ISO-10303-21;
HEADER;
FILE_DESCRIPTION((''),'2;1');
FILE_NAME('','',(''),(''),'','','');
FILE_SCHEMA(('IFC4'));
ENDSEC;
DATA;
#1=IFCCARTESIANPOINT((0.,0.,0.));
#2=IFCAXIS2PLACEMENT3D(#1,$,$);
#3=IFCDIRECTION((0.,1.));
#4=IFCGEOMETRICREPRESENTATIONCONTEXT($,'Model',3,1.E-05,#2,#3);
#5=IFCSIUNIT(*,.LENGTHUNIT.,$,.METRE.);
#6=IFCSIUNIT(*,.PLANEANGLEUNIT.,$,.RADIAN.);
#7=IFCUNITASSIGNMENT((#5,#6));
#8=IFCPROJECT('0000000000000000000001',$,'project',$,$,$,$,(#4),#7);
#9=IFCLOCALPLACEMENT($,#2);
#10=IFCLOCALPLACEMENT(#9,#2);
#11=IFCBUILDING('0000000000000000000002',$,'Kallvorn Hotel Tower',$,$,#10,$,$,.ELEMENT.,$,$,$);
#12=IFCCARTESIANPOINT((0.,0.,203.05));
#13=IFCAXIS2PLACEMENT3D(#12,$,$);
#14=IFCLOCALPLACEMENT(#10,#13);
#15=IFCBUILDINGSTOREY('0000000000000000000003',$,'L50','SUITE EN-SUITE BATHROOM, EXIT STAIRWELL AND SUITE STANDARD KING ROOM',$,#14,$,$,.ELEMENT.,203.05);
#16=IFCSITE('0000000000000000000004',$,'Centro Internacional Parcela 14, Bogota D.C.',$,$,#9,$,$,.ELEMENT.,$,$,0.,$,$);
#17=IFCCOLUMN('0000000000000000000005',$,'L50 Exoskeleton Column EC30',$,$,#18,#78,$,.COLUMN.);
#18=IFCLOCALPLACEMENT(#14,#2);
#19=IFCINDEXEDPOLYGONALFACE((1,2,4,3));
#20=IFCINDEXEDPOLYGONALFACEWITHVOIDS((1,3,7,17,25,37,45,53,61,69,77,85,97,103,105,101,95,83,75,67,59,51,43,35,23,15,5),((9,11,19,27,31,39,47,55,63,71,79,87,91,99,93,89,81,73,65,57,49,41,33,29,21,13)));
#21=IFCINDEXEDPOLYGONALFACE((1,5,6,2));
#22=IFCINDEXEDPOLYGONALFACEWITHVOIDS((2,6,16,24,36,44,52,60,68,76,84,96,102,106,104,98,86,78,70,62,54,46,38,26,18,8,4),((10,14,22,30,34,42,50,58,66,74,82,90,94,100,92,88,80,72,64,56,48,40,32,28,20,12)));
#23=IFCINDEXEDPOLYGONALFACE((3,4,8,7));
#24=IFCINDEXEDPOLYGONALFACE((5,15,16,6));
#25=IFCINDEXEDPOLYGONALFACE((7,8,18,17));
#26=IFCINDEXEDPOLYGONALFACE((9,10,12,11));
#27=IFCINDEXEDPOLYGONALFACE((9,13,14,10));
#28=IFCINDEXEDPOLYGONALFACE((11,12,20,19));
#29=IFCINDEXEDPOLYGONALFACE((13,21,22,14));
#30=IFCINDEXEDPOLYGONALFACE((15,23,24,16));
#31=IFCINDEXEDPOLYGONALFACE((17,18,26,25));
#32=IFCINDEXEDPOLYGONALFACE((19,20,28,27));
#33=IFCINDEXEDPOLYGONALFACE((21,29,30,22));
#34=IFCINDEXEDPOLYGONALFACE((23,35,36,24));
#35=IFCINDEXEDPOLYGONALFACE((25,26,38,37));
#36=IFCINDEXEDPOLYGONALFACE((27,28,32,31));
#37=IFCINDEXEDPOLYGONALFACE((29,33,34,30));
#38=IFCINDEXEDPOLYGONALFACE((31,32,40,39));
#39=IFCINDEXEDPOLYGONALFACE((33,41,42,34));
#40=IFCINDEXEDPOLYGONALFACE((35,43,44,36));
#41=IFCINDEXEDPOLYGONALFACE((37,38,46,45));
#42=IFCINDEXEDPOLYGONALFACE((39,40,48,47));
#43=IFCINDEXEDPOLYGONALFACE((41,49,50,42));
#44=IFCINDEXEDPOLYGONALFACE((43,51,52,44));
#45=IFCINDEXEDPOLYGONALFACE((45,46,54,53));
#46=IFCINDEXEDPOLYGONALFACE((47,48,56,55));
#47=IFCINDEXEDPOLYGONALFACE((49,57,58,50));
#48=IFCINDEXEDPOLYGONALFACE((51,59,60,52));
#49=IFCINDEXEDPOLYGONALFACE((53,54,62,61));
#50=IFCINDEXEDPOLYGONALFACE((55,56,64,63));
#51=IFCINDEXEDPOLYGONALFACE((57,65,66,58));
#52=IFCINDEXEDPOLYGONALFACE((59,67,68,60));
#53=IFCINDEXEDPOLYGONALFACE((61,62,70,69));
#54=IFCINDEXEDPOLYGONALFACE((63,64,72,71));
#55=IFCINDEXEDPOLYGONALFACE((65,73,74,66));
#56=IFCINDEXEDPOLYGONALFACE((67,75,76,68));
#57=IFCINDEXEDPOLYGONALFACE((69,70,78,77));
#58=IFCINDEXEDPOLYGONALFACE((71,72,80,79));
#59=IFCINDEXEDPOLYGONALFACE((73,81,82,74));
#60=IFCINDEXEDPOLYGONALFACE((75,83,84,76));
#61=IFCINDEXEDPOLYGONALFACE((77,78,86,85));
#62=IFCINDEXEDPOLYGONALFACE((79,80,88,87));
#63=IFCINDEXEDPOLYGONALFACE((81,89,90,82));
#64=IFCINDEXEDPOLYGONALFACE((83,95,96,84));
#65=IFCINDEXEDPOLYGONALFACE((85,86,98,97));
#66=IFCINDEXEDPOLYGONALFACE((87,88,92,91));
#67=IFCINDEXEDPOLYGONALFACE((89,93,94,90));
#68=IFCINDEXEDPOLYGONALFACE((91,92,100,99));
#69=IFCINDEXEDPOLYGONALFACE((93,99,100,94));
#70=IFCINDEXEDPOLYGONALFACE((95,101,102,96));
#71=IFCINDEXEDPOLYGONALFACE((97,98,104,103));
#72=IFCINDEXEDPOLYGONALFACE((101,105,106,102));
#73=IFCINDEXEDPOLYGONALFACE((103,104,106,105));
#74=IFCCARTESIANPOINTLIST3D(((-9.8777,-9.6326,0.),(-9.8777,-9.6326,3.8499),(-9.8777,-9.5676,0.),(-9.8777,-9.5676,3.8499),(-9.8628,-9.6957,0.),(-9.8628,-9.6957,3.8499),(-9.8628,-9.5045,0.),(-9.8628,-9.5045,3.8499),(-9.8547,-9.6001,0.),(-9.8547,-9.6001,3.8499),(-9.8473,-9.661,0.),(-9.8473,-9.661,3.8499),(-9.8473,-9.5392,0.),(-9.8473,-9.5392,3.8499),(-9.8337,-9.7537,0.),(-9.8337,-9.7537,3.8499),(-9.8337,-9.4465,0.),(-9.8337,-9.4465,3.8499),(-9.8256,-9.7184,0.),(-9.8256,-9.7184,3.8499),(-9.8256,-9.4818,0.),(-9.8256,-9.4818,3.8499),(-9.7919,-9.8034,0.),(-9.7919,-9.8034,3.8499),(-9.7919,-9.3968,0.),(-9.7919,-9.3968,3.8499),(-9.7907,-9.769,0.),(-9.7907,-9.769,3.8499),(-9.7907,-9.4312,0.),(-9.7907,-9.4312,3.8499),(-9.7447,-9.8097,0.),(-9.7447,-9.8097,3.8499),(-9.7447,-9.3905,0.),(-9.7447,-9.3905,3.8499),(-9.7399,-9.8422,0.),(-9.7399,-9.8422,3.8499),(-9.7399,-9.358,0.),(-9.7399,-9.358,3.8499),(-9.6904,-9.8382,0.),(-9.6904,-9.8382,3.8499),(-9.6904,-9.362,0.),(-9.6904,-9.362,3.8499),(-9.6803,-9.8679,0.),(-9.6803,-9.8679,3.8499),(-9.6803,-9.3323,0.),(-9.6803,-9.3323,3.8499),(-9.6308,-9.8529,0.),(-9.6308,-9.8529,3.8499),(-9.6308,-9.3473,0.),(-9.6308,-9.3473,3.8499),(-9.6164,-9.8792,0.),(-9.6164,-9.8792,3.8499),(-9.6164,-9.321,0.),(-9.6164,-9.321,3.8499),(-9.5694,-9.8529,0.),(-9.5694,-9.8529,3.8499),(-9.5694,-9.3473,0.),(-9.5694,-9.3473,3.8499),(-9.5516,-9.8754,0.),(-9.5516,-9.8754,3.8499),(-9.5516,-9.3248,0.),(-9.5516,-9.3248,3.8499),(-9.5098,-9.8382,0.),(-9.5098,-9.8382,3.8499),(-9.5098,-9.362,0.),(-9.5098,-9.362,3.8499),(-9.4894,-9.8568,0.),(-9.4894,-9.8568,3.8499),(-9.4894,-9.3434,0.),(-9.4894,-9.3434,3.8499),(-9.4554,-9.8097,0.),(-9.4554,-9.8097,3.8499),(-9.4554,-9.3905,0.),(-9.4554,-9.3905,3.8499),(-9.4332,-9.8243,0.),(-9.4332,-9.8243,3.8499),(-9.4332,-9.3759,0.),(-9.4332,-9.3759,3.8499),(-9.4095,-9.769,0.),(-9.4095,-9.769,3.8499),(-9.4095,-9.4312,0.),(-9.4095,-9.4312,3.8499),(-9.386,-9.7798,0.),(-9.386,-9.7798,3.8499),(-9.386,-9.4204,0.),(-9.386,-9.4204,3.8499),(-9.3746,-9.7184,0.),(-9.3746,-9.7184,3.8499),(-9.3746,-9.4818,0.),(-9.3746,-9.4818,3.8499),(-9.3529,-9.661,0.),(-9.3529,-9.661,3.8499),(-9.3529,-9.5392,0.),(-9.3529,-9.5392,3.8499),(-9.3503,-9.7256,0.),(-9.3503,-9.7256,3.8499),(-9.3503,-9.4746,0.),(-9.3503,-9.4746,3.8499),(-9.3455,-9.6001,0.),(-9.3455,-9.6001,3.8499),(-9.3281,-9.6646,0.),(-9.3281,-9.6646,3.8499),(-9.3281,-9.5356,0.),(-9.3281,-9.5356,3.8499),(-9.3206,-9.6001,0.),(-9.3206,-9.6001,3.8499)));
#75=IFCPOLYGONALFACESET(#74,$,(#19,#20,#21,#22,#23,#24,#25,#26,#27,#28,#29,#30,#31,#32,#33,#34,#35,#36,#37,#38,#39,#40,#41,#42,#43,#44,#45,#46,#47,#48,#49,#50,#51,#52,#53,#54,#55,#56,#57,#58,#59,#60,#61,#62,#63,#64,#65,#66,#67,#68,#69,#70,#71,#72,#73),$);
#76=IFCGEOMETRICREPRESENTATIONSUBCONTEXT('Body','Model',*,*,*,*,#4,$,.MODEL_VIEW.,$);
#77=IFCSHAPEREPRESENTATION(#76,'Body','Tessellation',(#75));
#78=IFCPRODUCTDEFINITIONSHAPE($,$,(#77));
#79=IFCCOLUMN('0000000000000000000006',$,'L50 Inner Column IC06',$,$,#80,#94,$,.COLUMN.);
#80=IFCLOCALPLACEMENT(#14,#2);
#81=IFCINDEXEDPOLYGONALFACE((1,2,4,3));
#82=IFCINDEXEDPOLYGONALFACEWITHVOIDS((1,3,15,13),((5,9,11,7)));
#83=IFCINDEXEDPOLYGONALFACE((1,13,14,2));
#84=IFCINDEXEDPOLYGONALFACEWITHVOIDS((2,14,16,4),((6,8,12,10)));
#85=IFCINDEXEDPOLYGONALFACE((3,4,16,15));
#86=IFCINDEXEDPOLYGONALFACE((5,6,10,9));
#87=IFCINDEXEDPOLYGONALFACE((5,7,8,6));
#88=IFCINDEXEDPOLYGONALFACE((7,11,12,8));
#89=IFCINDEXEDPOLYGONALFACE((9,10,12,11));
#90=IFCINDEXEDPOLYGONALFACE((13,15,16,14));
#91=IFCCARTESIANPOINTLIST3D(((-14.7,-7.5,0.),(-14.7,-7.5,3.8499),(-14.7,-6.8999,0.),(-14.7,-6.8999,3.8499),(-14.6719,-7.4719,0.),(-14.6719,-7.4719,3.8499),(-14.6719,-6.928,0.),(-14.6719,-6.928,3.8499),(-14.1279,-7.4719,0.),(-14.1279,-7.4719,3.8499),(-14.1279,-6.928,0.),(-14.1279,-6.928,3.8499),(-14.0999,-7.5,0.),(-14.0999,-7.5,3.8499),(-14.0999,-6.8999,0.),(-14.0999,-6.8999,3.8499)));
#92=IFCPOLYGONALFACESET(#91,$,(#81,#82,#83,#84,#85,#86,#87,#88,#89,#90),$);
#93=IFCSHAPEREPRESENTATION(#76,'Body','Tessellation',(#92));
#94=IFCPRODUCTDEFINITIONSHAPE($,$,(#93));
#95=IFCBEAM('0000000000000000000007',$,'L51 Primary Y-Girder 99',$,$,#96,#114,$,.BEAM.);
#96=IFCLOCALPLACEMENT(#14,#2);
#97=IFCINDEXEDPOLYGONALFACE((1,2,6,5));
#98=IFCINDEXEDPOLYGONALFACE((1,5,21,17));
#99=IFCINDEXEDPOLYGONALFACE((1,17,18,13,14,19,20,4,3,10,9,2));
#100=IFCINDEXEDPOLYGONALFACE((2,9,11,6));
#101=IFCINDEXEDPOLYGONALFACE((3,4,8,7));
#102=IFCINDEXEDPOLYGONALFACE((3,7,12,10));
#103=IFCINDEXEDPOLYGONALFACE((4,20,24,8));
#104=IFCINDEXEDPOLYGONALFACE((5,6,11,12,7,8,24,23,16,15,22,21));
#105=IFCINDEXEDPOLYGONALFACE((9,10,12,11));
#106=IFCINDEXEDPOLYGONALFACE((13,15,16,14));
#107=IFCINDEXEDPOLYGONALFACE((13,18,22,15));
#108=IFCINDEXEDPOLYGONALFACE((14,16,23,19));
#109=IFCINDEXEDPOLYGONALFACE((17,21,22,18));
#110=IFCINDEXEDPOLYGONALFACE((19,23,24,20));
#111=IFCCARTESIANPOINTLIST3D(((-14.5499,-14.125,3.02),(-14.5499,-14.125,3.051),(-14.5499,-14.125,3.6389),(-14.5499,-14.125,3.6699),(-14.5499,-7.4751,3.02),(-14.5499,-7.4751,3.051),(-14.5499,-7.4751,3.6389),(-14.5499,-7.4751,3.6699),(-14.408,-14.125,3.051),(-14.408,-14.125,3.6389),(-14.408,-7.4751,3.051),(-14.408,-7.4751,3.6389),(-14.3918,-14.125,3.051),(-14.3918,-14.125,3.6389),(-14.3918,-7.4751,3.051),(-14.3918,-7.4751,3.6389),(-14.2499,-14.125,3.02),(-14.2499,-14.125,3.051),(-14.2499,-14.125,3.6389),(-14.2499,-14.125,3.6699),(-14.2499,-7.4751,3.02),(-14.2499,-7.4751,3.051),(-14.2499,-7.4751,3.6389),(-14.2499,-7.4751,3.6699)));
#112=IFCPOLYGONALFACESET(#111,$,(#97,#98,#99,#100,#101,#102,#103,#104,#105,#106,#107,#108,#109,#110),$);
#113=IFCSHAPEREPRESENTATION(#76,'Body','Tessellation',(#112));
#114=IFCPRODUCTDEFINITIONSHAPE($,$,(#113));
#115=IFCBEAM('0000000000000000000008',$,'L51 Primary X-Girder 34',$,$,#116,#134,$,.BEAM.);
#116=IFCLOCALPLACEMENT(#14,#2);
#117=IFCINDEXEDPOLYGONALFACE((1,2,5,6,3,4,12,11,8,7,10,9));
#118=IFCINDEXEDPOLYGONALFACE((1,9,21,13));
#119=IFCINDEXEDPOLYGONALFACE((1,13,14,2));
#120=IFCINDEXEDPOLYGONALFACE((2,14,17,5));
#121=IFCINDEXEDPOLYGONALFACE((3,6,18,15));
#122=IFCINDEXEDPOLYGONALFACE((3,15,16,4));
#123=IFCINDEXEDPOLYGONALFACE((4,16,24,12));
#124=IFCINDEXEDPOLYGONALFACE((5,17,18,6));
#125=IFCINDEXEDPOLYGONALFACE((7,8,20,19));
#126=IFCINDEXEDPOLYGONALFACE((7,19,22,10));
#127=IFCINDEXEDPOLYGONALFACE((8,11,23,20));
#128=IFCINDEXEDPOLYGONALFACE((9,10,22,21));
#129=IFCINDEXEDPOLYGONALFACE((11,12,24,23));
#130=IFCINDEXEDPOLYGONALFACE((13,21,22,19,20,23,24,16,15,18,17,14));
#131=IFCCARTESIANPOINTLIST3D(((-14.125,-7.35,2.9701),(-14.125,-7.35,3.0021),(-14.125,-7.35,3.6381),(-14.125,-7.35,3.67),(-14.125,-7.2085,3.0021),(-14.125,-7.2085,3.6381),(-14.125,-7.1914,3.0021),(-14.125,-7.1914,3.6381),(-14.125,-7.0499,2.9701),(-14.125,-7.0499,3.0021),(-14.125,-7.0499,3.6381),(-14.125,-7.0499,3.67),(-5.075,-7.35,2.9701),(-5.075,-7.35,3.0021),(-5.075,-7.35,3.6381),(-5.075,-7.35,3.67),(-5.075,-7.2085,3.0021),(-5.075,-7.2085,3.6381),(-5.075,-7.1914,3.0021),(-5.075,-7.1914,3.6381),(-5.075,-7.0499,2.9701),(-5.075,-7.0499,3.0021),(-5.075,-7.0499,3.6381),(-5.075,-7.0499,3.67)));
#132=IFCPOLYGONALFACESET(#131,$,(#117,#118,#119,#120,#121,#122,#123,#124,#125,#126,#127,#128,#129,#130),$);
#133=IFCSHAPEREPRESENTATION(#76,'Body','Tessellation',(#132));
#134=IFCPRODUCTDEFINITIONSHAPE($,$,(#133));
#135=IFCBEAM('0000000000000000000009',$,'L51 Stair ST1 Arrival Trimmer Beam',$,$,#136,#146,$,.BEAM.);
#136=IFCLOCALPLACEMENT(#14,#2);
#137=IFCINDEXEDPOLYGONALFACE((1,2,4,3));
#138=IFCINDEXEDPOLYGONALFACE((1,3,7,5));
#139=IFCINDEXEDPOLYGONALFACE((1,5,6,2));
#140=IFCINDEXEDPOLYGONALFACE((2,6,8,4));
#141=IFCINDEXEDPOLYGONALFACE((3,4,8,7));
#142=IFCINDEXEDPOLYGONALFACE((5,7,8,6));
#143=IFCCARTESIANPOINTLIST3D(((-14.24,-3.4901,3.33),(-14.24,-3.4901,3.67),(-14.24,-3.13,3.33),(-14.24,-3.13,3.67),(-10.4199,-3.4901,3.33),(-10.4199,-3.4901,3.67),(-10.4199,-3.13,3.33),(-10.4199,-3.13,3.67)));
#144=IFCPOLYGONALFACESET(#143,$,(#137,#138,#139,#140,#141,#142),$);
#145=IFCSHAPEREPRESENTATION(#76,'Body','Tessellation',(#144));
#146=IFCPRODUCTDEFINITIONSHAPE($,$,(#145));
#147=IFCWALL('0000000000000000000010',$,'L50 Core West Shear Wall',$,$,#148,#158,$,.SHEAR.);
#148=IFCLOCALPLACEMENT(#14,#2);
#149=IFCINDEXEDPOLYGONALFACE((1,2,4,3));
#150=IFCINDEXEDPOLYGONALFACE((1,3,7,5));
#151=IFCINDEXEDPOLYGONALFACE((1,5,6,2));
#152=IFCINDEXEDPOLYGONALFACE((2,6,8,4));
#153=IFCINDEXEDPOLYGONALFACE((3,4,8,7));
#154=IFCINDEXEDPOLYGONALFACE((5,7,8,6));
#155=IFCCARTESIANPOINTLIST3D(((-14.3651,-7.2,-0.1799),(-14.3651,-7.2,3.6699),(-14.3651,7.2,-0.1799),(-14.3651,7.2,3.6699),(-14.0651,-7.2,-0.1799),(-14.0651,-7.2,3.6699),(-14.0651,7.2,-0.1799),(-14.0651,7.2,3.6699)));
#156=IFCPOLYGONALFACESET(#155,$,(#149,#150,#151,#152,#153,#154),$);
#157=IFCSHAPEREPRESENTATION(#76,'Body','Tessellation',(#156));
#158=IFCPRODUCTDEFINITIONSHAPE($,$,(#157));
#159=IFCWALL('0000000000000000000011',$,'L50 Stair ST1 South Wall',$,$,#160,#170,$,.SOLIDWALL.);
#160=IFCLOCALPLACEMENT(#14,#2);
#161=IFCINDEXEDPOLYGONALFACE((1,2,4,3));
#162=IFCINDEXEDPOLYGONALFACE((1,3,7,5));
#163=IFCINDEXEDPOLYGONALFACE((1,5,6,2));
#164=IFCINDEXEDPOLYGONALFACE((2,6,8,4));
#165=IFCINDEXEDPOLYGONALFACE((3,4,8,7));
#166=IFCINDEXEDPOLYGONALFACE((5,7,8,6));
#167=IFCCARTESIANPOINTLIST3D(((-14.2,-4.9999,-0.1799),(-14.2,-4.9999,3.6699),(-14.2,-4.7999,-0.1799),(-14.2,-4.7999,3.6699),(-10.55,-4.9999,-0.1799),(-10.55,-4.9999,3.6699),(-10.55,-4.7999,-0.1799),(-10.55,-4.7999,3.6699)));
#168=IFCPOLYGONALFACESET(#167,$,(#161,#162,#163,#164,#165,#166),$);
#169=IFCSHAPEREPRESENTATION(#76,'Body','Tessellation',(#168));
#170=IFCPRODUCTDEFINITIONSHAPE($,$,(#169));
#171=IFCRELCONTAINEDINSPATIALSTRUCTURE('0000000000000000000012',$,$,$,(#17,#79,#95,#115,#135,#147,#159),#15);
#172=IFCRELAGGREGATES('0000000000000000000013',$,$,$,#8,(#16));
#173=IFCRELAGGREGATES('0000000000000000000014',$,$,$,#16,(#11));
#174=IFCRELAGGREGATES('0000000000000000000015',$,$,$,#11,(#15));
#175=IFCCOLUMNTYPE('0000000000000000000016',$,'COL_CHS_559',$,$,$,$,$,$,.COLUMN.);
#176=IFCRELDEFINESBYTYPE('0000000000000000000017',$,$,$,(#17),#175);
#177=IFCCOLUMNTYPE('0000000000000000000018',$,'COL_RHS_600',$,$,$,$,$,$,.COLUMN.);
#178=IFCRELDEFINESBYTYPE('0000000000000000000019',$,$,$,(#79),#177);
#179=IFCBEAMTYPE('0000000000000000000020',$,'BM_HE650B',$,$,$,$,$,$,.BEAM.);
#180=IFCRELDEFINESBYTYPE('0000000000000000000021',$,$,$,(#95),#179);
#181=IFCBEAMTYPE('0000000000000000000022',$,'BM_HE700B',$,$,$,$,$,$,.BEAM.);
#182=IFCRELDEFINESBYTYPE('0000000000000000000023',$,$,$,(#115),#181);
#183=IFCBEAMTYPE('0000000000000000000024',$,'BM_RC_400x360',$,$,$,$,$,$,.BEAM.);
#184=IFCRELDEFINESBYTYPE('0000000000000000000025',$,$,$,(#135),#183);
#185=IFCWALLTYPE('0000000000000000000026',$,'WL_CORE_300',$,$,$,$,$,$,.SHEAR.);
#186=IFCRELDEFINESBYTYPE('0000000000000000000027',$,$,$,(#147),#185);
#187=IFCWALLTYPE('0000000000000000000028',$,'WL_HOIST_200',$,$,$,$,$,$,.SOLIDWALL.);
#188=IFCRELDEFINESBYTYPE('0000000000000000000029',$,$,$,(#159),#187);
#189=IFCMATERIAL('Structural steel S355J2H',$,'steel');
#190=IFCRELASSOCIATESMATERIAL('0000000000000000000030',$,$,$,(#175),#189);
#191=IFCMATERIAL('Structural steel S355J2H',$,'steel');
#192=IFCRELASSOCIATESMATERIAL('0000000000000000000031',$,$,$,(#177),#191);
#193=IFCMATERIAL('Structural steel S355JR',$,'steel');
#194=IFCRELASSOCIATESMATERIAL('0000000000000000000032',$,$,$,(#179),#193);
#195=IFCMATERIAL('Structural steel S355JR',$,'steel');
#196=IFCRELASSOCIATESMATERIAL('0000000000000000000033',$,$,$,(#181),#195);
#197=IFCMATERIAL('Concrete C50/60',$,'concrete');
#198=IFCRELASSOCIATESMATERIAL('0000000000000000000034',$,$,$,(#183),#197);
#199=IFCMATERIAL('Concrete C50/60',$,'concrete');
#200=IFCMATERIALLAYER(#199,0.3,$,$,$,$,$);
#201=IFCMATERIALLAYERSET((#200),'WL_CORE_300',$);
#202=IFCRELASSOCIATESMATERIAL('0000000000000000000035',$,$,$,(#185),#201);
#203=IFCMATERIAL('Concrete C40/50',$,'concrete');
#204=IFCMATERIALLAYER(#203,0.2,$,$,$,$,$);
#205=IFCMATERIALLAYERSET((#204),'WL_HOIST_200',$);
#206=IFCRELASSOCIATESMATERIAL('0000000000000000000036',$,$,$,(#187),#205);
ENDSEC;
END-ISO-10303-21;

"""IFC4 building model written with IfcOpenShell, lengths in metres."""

from ifc_helpers import new_model, si_unit, direction, frame, frame_2d, origin, origin_2d, place, context, subcontext, project, spatial, rectangle, hollow_rectangle, hollow_circle, i_section, extrude, material, layer, layer_set, material_profile, profile_set, type_object, element, save


model = new_model("IFC4")

# Units and contexts
model_context = context("Model", 3, precision=1e-05, world=origin(), true_north=direction((0.0, 1.0)))
body_context = subcontext(model_context, "Body", "Model", "MODEL_VIEW")
ifc_project = project(units=[si_unit("LENGTHUNIT", "METRE"), si_unit("PLANEANGLEUNIT", "RADIAN")], contexts=[model_context])

# Site, building, storey
site_placement = place(None, origin())
site = spatial("IfcSite", under=ifc_project, at=site_placement, Name="Centro Internacional Parcela 14, Bogota D.C.", CompositionType="ELEMENT", RefElevation=0.0)
building_placement = place(site_placement, origin())
building = spatial("IfcBuilding", under=site, at=building_placement, Name="Kallvorn Hotel Tower", CompositionType="ELEMENT")
storey_placement = place(building_placement, frame((0.0, 0.0, 203.05)))
storey = spatial("IfcBuildingStorey", under=building, at=storey_placement, Name="L50", Description="SUITE EN-SUITE BATHROOM, EXIT STAIRWELL AND SUITE STANDARD KING ROOM", CompositionType="ELEMENT", Elevation=203.05)

# Columns
ifc_material_1 = material(Name="Structural steel S355J2H", Category="steel")
ifc_material_profile_1 = material_profile(ifc_material_1, hollow_circle(Radius=0.2795, WallThickness=0.0249, at=origin_2d()), Name="CHS 559x25")
ifc_profile_set_1 = profile_set([ifc_material_profile_1], Name="Structural steel S355J2H")
column_type_1 = type_object("IfcColumnType", Name="COL_CHS_559", PredefinedType="COLUMN", material=ifc_profile_set_1)
column_1_placement = place(storey_placement, frame((-9.6001, -9.6001, 0.0), z_axis=(0.0, 0.0, 1.0), x_axis=(1.0, 0.0, 0.0)))
element("IfcColumn", 1, at=column_1_placement, inside=storey, type_object=column_type_1, Name="L50 Exoskeleton Column EC30", PredefinedType="COLUMN", context=body_context, shape_type="SweptSolid", body=[
    extrude(hollow_circle(Radius=0.2795, WallThickness=0.0249, at=origin_2d()), origin(), (0.0, 0.0, 1.0), 3.8499),
])
ifc_material_2 = material(Name="Structural steel S355J2H", Category="steel")
ifc_material_profile_2 = material_profile(ifc_material_2, hollow_rectangle(XDim=0.6001, YDim=0.6001, WallThickness=0.0281, at=origin_2d()), Name="RHS 600x600x28")
ifc_profile_set_2 = profile_set([ifc_material_profile_2], Name="Structural steel S355J2H")
column_type_2 = type_object("IfcColumnType", Name="COL_RHS_600", PredefinedType="COLUMN", material=ifc_profile_set_2)
column_2_placement = place(storey_placement, frame((-14.3999, -7.2, 0.0), z_axis=(0.0, 0.0, 1.0), x_axis=(1.0, 0.0, 0.0)))
element("IfcColumn", 2, at=column_2_placement, inside=storey, type_object=column_type_2, Name="L50 Inner Column IC06", PredefinedType="COLUMN", context=body_context, shape_type="SweptSolid", body=[
    extrude(hollow_rectangle(XDim=0.6001, YDim=0.6001, WallThickness=0.0281, at=origin_2d()), origin(), (0.0, 0.0, 1.0), 3.8499),
])

# Beams
ifc_material_3 = material(Name="Structural steel S355JR", Category="steel")
ifc_material_profile_3 = material_profile(ifc_material_3, i_section(OverallWidth=0.3, OverallDepth=0.6499, WebThickness=0.0161, FlangeThickness=0.031, at=origin_2d()), Name="HE 650 B")
ifc_profile_set_3 = profile_set([ifc_material_profile_3], Name="Structural steel S355JR")
beam_type_1 = type_object("IfcBeamType", Name="BM_HE650B", PredefinedType="BEAM", material=ifc_profile_set_3)
beam_1_placement = place(storey_placement, frame((-14.3999, -14.125, 3.345), z_axis=(0.0, 1.0, 0.0), x_axis=(-1.0, 0.0, 0.0)))
element("IfcBeam", 3, at=beam_1_placement, inside=storey, type_object=beam_type_1, Name="L51 Primary Y-Girder 99", PredefinedType="BEAM", context=body_context, shape_type="SweptSolid", body=[
    extrude(i_section(OverallWidth=0.3, OverallDepth=0.6499, WebThickness=0.0161, FlangeThickness=0.031, at=origin_2d()), origin(), (0.0, 0.0, 1.0), 6.6499),
])
ifc_material_4 = material(Name="Structural steel S355JR", Category="steel")
ifc_material_profile_4 = material_profile(ifc_material_4, i_section(OverallWidth=0.3, OverallDepth=0.7, WebThickness=0.0171, FlangeThickness=0.032, at=origin_2d()), Name="HE 700 B")
ifc_profile_set_4 = profile_set([ifc_material_profile_4], Name="Structural steel S355JR")
beam_type_2 = type_object("IfcBeamType", Name="BM_HE700B", PredefinedType="BEAM", material=ifc_profile_set_4)
beam_2_placement = place(storey_placement, frame((-14.125, -7.2, 3.3201), z_axis=(1.0, 0.0, 0.0), x_axis=(0.0, 1.0, 0.0)))
element("IfcBeam", 4, at=beam_2_placement, inside=storey, type_object=beam_type_2, Name="L51 Primary X-Girder 34", PredefinedType="BEAM", context=body_context, shape_type="SweptSolid", body=[
    extrude(i_section(OverallWidth=0.3, OverallDepth=0.7, WebThickness=0.0171, FlangeThickness=0.032, at=origin_2d()), origin(), (0.0, 0.0, 1.0), 9.05),
])
ifc_material_5 = material(Name="Concrete C50/60", Category="concrete")
ifc_material_profile_5 = material_profile(ifc_material_5, rectangle(XDim=0.3601, YDim=0.3401, at=origin_2d()), Name="RC 360x340")
ifc_profile_set_5 = profile_set([ifc_material_profile_5], Name="Concrete C50/60")
beam_type_3 = type_object("IfcBeamType", Name="BM_RC_400x360", PredefinedType="BEAM", material=ifc_profile_set_5)
beam_3_placement = place(storey_placement, frame((-10.4199, -3.3101, 3.5), z_axis=(-1.0, 0.0, 0.0), x_axis=(0.0, -1.0, 0.0)))
element("IfcBeam", 5, at=beam_3_placement, inside=storey, type_object=beam_type_3, Name="L51 Stair ST1 Arrival Trimmer Beam", PredefinedType="BEAM", context=body_context, shape_type="SweptSolid", body=[
    extrude(rectangle(XDim=0.3601, YDim=0.3401, at=origin_2d()), origin(), (0.0, 0.0, 1.0), 3.8201),
])

# Walls
ifc_material_6 = material(Name="Concrete C50/60", Category="concrete")
ifc_layer_1 = layer(ifc_material_6, 0.3)
ifc_layer_set_1 = layer_set([ifc_layer_1], Name="WL_CORE_300")
wall_type_1 = type_object("IfcWallType", Name="WL_CORE_300", PredefinedType="SHEAR", material=ifc_layer_set_1)
wall_1_placement = place(storey_placement, frame((-14.2151, -7.2, -0.1799), z_axis=(0.0, 0.0, 1.0), x_axis=(0.0, 1.0, 0.0)))
element("IfcWall", 6, at=wall_1_placement, inside=storey, type_object=wall_type_1, Name="L50 Core West Shear Wall", PredefinedType="SHEAR", context=body_context, shape_type="SweptSolid", body=[
    extrude(rectangle(XDim=14.3999, YDim=0.3, at=frame_2d((7.2, 0.0))), origin(), (0.0, 0.0, 1.0), 3.8499),
])
ifc_material_7 = material(Name="Concrete C40/50", Category="concrete")
ifc_layer_2 = layer(ifc_material_7, 0.2)
ifc_layer_set_2 = layer_set([ifc_layer_2], Name="WL_HOIST_200")
wall_type_2 = type_object("IfcWallType", Name="WL_HOIST_200", PredefinedType="SOLIDWALL", material=ifc_layer_set_2)
wall_2_placement = place(storey_placement, frame((-14.2, -4.8999, -0.1799), z_axis=(0.0, 0.0, 1.0), x_axis=(1.0, 0.0, 0.0)))
element("IfcWall", 7, at=wall_2_placement, inside=storey, type_object=wall_type_2, Name="L50 Stair ST1 South Wall", PredefinedType="SOLIDWALL", context=body_context, shape_type="SweptSolid", body=[
    extrude(rectangle(XDim=3.6499, YDim=0.2, at=frame_2d((1.825, 0.0))), origin(), (0.0, 0.0, 1.0), 3.8499),
])

save(model, "model.ifc")
